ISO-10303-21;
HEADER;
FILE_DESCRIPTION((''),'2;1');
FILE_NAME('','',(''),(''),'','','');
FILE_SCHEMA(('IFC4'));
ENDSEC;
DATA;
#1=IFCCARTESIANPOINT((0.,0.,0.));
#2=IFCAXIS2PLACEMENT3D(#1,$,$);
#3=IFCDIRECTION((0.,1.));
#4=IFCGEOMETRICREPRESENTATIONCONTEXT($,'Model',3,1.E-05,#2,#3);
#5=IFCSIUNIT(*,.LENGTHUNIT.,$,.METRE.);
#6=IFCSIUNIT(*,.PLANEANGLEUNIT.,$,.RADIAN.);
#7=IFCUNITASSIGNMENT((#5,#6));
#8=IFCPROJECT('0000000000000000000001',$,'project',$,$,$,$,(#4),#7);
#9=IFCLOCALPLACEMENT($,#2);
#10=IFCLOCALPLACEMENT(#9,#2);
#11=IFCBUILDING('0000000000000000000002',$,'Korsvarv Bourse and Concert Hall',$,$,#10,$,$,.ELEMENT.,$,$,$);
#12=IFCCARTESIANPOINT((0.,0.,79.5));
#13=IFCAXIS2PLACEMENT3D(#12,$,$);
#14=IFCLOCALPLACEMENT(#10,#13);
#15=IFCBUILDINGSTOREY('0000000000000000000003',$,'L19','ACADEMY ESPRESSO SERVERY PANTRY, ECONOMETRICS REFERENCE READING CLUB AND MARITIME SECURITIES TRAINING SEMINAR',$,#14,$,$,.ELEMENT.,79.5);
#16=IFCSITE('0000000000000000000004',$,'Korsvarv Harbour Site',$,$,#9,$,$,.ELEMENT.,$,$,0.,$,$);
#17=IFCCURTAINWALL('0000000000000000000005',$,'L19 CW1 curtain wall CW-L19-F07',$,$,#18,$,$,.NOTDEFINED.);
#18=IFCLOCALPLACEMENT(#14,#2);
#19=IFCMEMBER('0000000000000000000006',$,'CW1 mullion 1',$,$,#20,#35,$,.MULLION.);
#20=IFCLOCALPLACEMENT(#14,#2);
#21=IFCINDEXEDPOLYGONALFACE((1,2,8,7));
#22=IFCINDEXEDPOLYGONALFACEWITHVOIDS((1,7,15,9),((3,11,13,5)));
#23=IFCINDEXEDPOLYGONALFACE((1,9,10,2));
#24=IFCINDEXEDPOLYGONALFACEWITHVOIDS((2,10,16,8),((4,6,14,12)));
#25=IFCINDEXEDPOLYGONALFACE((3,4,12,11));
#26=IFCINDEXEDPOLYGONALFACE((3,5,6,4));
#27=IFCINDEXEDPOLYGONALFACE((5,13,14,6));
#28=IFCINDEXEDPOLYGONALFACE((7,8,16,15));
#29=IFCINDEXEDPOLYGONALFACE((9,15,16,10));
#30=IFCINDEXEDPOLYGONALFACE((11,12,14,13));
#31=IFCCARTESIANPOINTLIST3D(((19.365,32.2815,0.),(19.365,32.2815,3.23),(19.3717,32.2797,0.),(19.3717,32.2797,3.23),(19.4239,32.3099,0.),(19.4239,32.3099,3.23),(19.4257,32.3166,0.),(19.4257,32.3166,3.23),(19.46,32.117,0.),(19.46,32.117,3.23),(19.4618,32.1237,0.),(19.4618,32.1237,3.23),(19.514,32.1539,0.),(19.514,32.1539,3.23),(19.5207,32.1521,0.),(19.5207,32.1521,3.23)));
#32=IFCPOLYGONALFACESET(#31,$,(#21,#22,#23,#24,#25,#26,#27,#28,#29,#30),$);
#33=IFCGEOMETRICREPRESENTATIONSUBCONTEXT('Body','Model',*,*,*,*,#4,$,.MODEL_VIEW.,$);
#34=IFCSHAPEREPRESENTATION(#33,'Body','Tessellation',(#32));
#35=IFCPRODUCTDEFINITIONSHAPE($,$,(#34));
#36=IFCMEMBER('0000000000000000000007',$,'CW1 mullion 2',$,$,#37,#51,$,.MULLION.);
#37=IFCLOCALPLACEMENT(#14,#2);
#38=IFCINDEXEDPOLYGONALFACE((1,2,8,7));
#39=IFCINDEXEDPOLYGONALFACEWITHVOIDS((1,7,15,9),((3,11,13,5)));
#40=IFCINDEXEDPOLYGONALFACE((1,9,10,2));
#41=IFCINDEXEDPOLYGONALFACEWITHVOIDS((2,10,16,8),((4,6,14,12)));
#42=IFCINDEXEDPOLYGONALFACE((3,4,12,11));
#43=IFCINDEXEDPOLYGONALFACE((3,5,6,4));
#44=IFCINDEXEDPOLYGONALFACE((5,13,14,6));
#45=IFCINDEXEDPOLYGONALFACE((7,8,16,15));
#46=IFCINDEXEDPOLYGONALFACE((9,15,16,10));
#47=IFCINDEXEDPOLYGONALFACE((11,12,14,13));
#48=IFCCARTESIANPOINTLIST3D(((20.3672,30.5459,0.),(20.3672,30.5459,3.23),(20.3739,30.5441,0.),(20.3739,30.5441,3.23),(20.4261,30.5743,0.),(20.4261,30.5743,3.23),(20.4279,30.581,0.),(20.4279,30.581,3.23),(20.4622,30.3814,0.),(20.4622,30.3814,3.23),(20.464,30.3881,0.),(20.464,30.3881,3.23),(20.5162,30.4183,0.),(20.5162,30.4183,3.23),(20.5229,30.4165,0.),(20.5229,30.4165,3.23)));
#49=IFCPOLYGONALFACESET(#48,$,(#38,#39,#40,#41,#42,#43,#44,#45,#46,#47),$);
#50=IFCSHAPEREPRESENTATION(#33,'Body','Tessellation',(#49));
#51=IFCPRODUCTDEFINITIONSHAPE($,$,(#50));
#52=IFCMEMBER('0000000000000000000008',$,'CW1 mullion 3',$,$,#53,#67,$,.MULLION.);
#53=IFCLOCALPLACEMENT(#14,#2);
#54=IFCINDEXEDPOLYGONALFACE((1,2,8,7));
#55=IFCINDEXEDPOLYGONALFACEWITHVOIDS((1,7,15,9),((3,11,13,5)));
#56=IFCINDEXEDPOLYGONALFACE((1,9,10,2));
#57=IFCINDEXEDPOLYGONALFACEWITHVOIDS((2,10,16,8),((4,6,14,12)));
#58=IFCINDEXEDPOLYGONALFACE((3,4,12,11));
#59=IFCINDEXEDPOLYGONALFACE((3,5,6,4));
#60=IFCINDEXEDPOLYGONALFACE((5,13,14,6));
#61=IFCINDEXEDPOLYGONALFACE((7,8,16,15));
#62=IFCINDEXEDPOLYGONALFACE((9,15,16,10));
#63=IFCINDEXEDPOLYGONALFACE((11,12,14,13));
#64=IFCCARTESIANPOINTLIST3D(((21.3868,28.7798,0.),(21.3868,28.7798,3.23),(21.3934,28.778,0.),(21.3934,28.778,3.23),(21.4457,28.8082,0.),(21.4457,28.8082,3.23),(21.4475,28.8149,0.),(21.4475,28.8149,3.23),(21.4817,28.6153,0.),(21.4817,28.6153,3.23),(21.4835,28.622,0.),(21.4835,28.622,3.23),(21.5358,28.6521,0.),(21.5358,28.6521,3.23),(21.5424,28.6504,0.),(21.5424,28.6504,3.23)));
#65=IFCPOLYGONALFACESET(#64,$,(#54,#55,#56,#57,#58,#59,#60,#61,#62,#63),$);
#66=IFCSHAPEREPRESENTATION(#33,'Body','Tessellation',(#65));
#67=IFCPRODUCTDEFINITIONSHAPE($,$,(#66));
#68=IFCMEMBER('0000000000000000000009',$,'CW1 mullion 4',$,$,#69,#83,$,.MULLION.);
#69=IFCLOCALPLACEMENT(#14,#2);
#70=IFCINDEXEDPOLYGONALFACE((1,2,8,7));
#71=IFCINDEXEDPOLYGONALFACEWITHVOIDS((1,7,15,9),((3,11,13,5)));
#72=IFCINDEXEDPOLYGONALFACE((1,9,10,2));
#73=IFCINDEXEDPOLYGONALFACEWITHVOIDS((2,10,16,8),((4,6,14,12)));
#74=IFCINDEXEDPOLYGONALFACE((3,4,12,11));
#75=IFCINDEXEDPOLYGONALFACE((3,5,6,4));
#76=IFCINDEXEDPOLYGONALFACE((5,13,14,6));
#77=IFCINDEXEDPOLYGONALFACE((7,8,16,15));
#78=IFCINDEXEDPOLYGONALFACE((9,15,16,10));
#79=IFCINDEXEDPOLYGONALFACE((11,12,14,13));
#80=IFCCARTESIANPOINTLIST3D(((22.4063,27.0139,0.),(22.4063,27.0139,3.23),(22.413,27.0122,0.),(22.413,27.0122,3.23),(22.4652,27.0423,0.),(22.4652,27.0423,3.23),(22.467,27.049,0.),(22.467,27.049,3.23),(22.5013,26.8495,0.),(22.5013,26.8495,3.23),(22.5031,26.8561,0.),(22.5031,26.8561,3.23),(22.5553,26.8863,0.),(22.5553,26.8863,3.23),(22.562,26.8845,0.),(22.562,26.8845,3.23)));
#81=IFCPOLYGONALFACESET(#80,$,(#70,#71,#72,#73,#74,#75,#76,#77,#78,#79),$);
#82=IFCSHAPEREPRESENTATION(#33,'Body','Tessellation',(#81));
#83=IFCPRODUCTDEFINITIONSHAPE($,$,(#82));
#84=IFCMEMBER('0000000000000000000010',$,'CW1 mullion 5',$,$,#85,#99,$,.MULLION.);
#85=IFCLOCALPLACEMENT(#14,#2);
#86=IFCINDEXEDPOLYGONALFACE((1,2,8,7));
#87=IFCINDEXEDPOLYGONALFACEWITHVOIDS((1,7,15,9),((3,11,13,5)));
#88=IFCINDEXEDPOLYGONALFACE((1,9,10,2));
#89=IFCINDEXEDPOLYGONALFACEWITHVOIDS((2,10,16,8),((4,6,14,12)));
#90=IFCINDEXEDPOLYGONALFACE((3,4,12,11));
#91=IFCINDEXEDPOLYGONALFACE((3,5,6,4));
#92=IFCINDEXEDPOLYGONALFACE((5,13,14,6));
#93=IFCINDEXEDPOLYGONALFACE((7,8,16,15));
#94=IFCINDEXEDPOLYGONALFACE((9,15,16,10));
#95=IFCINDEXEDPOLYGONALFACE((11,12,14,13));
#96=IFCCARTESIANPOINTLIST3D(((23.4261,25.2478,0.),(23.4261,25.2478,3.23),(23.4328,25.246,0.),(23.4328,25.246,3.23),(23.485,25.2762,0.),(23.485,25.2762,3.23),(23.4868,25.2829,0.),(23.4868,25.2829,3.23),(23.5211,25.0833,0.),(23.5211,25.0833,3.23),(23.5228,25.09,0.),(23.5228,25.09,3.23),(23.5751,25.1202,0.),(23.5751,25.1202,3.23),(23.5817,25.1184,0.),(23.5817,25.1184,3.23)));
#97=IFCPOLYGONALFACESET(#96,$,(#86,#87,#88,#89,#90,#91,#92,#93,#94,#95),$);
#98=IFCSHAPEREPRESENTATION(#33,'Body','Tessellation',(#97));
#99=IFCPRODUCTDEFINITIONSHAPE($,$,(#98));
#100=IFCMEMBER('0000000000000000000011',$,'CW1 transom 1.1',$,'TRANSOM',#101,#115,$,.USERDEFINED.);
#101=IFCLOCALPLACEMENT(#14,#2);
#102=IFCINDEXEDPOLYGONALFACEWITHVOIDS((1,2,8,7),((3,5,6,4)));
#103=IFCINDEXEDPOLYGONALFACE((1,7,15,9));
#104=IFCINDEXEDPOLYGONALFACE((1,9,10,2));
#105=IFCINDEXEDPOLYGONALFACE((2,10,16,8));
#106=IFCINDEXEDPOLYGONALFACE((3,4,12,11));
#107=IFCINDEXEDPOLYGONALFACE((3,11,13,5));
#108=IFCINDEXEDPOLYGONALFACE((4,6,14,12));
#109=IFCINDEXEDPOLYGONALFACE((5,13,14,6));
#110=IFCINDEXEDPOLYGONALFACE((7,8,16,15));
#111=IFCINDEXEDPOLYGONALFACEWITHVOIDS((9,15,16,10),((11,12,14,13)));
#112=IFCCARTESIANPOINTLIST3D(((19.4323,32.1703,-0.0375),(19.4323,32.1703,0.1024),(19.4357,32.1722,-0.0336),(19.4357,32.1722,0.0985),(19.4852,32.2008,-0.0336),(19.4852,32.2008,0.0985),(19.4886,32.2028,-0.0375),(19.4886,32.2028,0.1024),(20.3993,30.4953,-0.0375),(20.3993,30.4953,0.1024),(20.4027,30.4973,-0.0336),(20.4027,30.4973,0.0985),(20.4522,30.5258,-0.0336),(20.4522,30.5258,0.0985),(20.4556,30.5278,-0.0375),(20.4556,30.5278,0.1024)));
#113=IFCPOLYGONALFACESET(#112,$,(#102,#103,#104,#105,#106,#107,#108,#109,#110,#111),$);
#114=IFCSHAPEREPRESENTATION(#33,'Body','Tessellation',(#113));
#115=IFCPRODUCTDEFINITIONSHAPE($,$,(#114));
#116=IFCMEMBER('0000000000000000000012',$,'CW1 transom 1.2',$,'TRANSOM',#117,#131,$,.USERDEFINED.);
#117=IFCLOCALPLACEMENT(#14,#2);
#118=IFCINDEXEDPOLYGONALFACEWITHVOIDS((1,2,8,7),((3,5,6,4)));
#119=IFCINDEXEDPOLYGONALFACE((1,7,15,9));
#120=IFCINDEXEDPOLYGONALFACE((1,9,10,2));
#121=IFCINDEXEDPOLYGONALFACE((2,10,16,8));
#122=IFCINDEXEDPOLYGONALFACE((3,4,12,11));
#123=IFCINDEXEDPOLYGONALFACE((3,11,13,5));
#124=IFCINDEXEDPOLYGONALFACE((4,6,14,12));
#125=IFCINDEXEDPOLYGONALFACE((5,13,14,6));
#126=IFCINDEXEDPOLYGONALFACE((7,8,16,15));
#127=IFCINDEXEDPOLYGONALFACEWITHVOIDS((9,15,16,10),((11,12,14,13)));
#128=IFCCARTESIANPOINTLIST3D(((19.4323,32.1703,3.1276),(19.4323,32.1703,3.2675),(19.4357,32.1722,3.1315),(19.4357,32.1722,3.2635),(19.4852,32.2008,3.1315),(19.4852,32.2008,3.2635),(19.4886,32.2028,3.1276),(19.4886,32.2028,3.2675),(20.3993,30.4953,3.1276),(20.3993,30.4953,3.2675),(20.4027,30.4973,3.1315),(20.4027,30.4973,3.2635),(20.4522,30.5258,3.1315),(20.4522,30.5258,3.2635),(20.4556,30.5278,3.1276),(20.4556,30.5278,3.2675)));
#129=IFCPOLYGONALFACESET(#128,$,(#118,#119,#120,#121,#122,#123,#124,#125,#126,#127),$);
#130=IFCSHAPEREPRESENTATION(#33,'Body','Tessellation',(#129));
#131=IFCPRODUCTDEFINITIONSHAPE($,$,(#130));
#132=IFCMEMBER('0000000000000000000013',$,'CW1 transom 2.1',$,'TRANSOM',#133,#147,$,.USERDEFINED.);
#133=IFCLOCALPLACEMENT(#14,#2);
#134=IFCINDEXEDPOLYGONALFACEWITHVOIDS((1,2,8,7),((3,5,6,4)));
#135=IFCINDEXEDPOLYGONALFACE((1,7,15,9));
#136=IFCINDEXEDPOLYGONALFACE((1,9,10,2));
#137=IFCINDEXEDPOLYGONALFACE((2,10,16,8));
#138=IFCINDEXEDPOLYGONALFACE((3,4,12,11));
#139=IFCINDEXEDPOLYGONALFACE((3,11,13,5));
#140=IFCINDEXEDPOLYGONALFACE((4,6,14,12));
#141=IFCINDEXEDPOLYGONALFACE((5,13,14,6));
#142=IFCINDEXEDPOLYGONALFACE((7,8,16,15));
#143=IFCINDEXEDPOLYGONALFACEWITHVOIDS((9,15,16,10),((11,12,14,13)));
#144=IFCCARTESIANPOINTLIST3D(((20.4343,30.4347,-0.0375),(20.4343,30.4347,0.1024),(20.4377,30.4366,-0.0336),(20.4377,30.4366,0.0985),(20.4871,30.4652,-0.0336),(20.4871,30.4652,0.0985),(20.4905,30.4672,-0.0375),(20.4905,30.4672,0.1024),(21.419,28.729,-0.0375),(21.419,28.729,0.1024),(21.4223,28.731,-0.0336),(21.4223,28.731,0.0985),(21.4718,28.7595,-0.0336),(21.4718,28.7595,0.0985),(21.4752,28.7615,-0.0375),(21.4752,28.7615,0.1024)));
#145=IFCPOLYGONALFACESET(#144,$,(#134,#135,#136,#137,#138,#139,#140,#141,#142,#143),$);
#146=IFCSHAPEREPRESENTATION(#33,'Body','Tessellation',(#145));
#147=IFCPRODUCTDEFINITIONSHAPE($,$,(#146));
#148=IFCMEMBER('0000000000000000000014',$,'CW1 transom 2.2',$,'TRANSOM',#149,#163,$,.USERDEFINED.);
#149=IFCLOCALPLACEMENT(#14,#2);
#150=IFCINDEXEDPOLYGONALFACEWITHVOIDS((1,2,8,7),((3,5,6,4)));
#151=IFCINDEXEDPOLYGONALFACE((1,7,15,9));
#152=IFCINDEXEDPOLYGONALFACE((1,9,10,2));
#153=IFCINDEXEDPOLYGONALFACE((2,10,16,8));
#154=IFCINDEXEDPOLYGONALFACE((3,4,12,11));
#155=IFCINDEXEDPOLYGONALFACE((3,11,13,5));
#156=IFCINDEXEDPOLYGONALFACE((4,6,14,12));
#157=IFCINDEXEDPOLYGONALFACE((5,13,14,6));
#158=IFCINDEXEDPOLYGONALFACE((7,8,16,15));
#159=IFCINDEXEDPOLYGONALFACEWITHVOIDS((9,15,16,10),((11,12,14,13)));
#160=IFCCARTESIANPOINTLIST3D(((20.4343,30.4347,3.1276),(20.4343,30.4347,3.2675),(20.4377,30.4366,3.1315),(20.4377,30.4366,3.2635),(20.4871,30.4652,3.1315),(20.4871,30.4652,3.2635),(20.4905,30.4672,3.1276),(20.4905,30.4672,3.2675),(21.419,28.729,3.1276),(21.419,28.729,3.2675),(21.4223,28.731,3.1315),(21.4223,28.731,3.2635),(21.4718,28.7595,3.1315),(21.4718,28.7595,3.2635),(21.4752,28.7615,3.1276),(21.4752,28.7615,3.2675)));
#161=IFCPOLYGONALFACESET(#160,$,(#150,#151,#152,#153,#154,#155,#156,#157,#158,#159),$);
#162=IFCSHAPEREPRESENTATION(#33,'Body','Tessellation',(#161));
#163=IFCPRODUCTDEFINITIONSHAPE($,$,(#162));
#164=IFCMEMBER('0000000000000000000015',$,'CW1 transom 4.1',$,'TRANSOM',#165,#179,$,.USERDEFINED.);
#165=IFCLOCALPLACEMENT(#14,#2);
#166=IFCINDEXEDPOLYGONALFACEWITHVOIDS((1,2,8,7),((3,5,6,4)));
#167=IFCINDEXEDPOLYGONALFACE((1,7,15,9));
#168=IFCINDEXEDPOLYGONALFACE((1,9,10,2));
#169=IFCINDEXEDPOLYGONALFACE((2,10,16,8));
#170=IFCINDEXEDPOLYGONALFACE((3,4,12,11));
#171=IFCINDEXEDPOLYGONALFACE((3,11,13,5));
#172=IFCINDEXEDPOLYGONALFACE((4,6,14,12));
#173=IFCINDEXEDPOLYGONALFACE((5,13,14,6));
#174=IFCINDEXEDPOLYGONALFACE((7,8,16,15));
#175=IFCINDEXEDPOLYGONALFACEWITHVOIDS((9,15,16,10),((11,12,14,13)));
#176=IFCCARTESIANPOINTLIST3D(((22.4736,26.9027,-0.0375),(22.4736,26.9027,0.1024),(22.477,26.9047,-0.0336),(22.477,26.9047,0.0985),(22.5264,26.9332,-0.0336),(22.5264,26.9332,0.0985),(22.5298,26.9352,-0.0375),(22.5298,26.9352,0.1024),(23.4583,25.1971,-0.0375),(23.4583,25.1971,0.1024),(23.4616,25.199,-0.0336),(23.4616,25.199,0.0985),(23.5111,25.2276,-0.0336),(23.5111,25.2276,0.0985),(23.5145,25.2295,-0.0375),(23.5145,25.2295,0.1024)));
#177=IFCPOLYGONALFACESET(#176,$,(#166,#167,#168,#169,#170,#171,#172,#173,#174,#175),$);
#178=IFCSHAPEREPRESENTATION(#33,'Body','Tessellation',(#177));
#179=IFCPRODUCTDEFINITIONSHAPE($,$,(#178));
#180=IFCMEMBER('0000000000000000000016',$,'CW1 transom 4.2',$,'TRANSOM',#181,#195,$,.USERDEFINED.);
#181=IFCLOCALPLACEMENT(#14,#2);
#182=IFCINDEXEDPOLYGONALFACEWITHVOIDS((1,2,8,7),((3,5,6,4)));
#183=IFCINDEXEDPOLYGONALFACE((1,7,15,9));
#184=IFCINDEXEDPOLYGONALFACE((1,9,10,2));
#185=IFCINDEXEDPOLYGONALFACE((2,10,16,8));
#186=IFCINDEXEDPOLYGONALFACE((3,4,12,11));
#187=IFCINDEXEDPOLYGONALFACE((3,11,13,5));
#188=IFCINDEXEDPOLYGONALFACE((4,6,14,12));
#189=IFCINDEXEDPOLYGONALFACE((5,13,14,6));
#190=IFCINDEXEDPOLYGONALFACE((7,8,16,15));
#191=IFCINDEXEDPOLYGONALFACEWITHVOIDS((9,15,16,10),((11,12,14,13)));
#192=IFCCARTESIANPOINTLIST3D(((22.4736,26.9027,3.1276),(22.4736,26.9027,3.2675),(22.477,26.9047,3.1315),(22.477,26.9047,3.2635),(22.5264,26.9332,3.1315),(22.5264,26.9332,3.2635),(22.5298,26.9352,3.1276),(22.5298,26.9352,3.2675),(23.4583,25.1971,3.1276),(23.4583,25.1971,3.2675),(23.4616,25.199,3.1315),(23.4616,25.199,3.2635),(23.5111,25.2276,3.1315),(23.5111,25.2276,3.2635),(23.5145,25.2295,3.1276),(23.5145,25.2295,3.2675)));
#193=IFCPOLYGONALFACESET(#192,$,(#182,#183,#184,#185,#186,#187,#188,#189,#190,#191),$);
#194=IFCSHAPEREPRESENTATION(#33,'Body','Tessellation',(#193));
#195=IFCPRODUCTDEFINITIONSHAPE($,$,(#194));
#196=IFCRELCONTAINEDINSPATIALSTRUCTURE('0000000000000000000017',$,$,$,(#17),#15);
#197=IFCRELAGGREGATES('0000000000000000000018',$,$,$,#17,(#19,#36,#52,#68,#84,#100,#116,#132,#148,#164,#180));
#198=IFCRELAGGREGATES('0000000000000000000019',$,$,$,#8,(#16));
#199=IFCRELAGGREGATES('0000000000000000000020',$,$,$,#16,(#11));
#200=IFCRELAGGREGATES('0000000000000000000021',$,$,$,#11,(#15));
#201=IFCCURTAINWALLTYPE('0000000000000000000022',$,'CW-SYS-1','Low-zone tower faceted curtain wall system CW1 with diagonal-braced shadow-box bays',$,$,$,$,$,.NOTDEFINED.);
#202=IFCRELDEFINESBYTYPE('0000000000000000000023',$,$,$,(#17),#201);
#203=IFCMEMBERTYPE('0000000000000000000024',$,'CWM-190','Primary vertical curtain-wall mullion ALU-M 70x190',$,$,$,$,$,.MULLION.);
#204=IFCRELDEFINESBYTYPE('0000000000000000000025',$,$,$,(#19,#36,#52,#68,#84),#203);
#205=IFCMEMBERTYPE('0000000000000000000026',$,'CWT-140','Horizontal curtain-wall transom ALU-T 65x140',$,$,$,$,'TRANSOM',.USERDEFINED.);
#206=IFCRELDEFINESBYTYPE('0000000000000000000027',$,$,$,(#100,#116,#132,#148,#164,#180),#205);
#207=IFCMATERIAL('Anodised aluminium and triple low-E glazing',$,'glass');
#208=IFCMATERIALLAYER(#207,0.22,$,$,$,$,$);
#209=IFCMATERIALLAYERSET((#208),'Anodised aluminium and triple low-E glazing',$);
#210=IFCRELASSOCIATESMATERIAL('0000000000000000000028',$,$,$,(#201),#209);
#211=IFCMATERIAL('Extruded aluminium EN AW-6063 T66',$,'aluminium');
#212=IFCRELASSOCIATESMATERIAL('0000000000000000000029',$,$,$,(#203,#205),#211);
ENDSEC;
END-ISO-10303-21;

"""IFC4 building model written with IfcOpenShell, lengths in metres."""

from ifc_helpers import new_model, si_unit, direction, frame, origin, origin_2d, place, context, subcontext, project, spatial, hollow_rectangle, extrude, source, transform, mapped, material, layer, layer_set, material_profile, profile_set, type_object, element, aggregate, save


model = new_model("IFC4")

# Units and contexts
model_context = context("Model", 3, precision=1e-05, world=origin(), true_north=direction((0.0, 1.0)))
body_context = subcontext(model_context, "Body", "Model", "MODEL_VIEW")
ifc_project = project(units=[si_unit("LENGTHUNIT", "METRE"), si_unit("PLANEANGLEUNIT", "RADIAN")], contexts=[model_context])

# Site, building, storey
site_placement = place(None, origin())
site = spatial("IfcSite", under=ifc_project, at=site_placement, Name="Korsvarv Harbour Site", CompositionType="ELEMENT", RefElevation=0.0)
building_placement = place(site_placement, origin())
building = spatial("IfcBuilding", under=site, at=building_placement, Name="Korsvarv Bourse and Concert Hall", CompositionType="ELEMENT")
storey_placement = place(building_placement, frame((0.0, 0.0, 79.5)))
storey = spatial("IfcBuildingStorey", under=building, at=storey_placement, Name="L19", Description="ACADEMY ESPRESSO SERVERY PANTRY, ECONOMETRICS REFERENCE READING CLUB AND MARITIME SECURITIES TRAINING SEMINAR", CompositionType="ELEMENT", Elevation=79.5)

# Curtain wall, members
ifc_material_1 = material(Name="Anodised aluminium and triple low-E glazing", Category="glass")
ifc_layer_1 = layer(ifc_material_1, 0.22)
ifc_layer_set_1 = layer_set([ifc_layer_1], Name="Anodised aluminium and triple low-E glazing")
curtain_wall_type = type_object("IfcCurtainWallType", Name="CW-SYS-1", Description="Low-zone tower faceted curtain wall system CW1 with diagonal-braced shadow-box bays", PredefinedType="NOTDEFINED", material=ifc_layer_set_1)
curtain_wall_placement = place(storey_placement, origin())
curtain_wall = element("IfcCurtainWall", 1, at=curtain_wall_placement, inside=storey, type_object=curtain_wall_type, Name="L19 CW1 curtain wall CW-L19-F07", PredefinedType="NOTDEFINED")
ifc_material_2 = material(Name="Extruded aluminium EN AW-6063 T66", Category="aluminium")
ifc_material_profile_1 = material_profile(ifc_material_2, hollow_rectangle(XDim=0.0701, YDim=0.1899, WallThickness=0.0049, at=origin_2d()), Name="ALU-M 70x190")
ifc_profile_set_1 = profile_set([ifc_material_profile_1], Name="Extruded aluminium EN AW-6063 T66")
member_type_1 = type_object("IfcMemberType", Name="CWM-190", Description="Primary vertical curtain-wall mullion ALU-M 70x190", PredefinedType="MULLION", material=ifc_profile_set_1)
shared_shape_1 = source(origin(), body_context, "Body", "SweptSolid", [
    extrude(hollow_rectangle(XDim=0.0701, YDim=0.1899, WallThickness=0.0049, at=origin_2d()), origin(), (0.0, 0.0, 1.0), 3.23),
])
member_1_placement = place(storey_placement, frame((19.4429, 32.2168, 0.0), z_axis=(0.0, 0.0, 1.0), x_axis=(0.866024, 0.500002, 0.0)))
member_1 = element("IfcMember", 2, at=member_1_placement, type_object=member_type_1, Name="CW1 mullion 1", PredefinedType="MULLION", context=body_context, shape_type="MappedRepresentation", body=[
    mapped(shared_shape_1, transform((0.0, 0.0, 0.0), scale=1.0)),
])
member_2_placement = place(storey_placement, frame((20.4451, 30.4812, 0.0), z_axis=(0.0, 0.0, 1.0), x_axis=(0.866024, 0.500002, 0.0)))
member_2 = element("IfcMember", 3, at=member_2_placement, type_object=member_type_1, Name="CW1 mullion 2", PredefinedType="MULLION", context=body_context, shape_type="MappedRepresentation", body=[
    mapped(shared_shape_1, transform((0.0, 0.0, 0.0), scale=1.0)),
])
member_3_placement = place(storey_placement, frame((21.4646, 28.7151, 0.0), z_axis=(0.0, 0.0, 1.0), x_axis=(0.866024, 0.500002, 0.0)))
member_3 = element("IfcMember", 4, at=member_3_placement, type_object=member_type_1, Name="CW1 mullion 3", PredefinedType="MULLION", context=body_context, shape_type="MappedRepresentation", body=[
    mapped(shared_shape_1, transform((0.0, 0.0, 0.0), scale=1.0)),
])
member_4_placement = place(storey_placement, frame((22.4841, 26.9492, 0.0), z_axis=(0.0, 0.0, 1.0), x_axis=(0.866024, 0.500002, 0.0)))
member_4 = element("IfcMember", 5, at=member_4_placement, type_object=member_type_1, Name="CW1 mullion 4", PredefinedType="MULLION", context=body_context, shape_type="MappedRepresentation", body=[
    mapped(shared_shape_1, transform((0.0, 0.0, 0.0), scale=1.0)),
])
member_5_placement = place(storey_placement, frame((23.5039, 25.1831, 0.0), z_axis=(0.0, 0.0, 1.0), x_axis=(0.866024, 0.500002, 0.0)))
member_5 = element("IfcMember", 6, at=member_5_placement, type_object=member_type_1, Name="CW1 mullion 5", PredefinedType="MULLION", context=body_context, shape_type="MappedRepresentation", body=[
    mapped(shared_shape_1, transform((0.0, 0.0, 0.0), scale=1.0)),
])
ifc_material_profile_2 = material_profile(ifc_material_2, hollow_rectangle(XDim=0.0649, YDim=0.1399, WallThickness=0.0039, at=origin_2d()), Name="ALU-T 65x140")
ifc_profile_set_2 = profile_set([ifc_material_profile_2], Name="Extruded aluminium EN AW-6063 T66")
member_type_2 = type_object("IfcMemberType", Name="CWT-140", Description="Horizontal curtain-wall transom ALU-T 65x140", ElementType="TRANSOM", PredefinedType="USERDEFINED", material=ifc_profile_set_2)
shared_shape_2 = source(origin(), body_context, "Body", "SweptSolid", [
    extrude(hollow_rectangle(XDim=0.0649, YDim=0.1399, WallThickness=0.0039, at=origin_2d()), origin(), (0.0, 0.0, 1.0), 1.9341),
])
member_6_placement = place(storey_placement, frame((19.4604, 32.1865, 0.0325), z_axis=(0.499981, -0.866036, 0.0), x_axis=(0.866036, 0.499981, 0.0)))
member_6 = element("IfcMember", 7, at=member_6_placement, type_object=member_type_2, Name="CW1 transom 1.1", ObjectType="TRANSOM", PredefinedType="USERDEFINED", context=body_context, shape_type="MappedRepresentation", body=[
    mapped(shared_shape_2, transform((0.0, 0.0, 0.0), scale=1.0)),
])
member_7_placement = place(storey_placement, frame((19.4604, 32.1865, 3.1975), z_axis=(0.499981, -0.866036, 0.0), x_axis=(0.866036, 0.499981, 0.0)))
member_7 = element("IfcMember", 8, at=member_7_placement, type_object=member_type_2, Name="CW1 transom 1.2", ObjectType="TRANSOM", PredefinedType="USERDEFINED", context=body_context, shape_type="MappedRepresentation", body=[
    mapped(shared_shape_2, transform((0.0, 0.0, 0.0), scale=1.0)),
])
shared_shape_3 = source(origin(), body_context, "Body", "SweptSolid", [
    extrude(hollow_rectangle(XDim=0.0649, YDim=0.1399, WallThickness=0.0039, at=origin_2d()), origin(), (0.0, 0.0, 1.0), 1.9695),
])
member_8_placement = place(storey_placement, frame((20.4624, 30.4509, 0.0325), z_axis=(0.499966, -0.866045, 0.0), x_axis=(0.866045, 0.499966, 0.0)))
member_8 = element("IfcMember", 9, at=member_8_placement, type_object=member_type_2, Name="CW1 transom 2.1", ObjectType="TRANSOM", PredefinedType="USERDEFINED", context=body_context, shape_type="MappedRepresentation", body=[
    mapped(shared_shape_3, transform((0.0, 0.0, 0.0), scale=1.0)),
])
member_9_placement = place(storey_placement, frame((20.4624, 30.4509, 3.1975), z_axis=(0.499966, -0.866045, 0.0), x_axis=(0.866045, 0.499966, 0.0)))
member_9 = element("IfcMember", 10, at=member_9_placement, type_object=member_type_2, Name="CW1 transom 2.2", ObjectType="TRANSOM", PredefinedType="USERDEFINED", context=body_context, shape_type="MappedRepresentation", body=[
    mapped(shared_shape_3, transform((0.0, 0.0, 0.0), scale=1.0)),
])
member_10_placement = place(storey_placement, frame((22.5017, 26.9189, 0.0325), z_axis=(0.499966, -0.866045, 0.0), x_axis=(0.866045, 0.499966, 0.0)))
member_10 = element("IfcMember", 11, at=member_10_placement, type_object=member_type_2, Name="CW1 transom 4.1", ObjectType="TRANSOM", PredefinedType="USERDEFINED", context=body_context, shape_type="MappedRepresentation", body=[
    mapped(shared_shape_3, transform((0.0, 0.0, 0.0), scale=1.0)),
])
member_11_placement = place(storey_placement, frame((22.5017, 26.9189, 3.1975), z_axis=(0.499966, -0.866045, 0.0), x_axis=(0.866045, 0.499966, 0.0)))
member_11 = element("IfcMember", 12, at=member_11_placement, type_object=member_type_2, Name="CW1 transom 4.2", ObjectType="TRANSOM", PredefinedType="USERDEFINED", context=body_context, shape_type="MappedRepresentation", body=[
    mapped(shared_shape_3, transform((0.0, 0.0, 0.0), scale=1.0)),
])

aggregate(curtain_wall, [member_1, member_2, member_3, member_4, member_5, member_6, member_7, member_8, member_9, member_10, member_11])

save(model, "model.ifc")
